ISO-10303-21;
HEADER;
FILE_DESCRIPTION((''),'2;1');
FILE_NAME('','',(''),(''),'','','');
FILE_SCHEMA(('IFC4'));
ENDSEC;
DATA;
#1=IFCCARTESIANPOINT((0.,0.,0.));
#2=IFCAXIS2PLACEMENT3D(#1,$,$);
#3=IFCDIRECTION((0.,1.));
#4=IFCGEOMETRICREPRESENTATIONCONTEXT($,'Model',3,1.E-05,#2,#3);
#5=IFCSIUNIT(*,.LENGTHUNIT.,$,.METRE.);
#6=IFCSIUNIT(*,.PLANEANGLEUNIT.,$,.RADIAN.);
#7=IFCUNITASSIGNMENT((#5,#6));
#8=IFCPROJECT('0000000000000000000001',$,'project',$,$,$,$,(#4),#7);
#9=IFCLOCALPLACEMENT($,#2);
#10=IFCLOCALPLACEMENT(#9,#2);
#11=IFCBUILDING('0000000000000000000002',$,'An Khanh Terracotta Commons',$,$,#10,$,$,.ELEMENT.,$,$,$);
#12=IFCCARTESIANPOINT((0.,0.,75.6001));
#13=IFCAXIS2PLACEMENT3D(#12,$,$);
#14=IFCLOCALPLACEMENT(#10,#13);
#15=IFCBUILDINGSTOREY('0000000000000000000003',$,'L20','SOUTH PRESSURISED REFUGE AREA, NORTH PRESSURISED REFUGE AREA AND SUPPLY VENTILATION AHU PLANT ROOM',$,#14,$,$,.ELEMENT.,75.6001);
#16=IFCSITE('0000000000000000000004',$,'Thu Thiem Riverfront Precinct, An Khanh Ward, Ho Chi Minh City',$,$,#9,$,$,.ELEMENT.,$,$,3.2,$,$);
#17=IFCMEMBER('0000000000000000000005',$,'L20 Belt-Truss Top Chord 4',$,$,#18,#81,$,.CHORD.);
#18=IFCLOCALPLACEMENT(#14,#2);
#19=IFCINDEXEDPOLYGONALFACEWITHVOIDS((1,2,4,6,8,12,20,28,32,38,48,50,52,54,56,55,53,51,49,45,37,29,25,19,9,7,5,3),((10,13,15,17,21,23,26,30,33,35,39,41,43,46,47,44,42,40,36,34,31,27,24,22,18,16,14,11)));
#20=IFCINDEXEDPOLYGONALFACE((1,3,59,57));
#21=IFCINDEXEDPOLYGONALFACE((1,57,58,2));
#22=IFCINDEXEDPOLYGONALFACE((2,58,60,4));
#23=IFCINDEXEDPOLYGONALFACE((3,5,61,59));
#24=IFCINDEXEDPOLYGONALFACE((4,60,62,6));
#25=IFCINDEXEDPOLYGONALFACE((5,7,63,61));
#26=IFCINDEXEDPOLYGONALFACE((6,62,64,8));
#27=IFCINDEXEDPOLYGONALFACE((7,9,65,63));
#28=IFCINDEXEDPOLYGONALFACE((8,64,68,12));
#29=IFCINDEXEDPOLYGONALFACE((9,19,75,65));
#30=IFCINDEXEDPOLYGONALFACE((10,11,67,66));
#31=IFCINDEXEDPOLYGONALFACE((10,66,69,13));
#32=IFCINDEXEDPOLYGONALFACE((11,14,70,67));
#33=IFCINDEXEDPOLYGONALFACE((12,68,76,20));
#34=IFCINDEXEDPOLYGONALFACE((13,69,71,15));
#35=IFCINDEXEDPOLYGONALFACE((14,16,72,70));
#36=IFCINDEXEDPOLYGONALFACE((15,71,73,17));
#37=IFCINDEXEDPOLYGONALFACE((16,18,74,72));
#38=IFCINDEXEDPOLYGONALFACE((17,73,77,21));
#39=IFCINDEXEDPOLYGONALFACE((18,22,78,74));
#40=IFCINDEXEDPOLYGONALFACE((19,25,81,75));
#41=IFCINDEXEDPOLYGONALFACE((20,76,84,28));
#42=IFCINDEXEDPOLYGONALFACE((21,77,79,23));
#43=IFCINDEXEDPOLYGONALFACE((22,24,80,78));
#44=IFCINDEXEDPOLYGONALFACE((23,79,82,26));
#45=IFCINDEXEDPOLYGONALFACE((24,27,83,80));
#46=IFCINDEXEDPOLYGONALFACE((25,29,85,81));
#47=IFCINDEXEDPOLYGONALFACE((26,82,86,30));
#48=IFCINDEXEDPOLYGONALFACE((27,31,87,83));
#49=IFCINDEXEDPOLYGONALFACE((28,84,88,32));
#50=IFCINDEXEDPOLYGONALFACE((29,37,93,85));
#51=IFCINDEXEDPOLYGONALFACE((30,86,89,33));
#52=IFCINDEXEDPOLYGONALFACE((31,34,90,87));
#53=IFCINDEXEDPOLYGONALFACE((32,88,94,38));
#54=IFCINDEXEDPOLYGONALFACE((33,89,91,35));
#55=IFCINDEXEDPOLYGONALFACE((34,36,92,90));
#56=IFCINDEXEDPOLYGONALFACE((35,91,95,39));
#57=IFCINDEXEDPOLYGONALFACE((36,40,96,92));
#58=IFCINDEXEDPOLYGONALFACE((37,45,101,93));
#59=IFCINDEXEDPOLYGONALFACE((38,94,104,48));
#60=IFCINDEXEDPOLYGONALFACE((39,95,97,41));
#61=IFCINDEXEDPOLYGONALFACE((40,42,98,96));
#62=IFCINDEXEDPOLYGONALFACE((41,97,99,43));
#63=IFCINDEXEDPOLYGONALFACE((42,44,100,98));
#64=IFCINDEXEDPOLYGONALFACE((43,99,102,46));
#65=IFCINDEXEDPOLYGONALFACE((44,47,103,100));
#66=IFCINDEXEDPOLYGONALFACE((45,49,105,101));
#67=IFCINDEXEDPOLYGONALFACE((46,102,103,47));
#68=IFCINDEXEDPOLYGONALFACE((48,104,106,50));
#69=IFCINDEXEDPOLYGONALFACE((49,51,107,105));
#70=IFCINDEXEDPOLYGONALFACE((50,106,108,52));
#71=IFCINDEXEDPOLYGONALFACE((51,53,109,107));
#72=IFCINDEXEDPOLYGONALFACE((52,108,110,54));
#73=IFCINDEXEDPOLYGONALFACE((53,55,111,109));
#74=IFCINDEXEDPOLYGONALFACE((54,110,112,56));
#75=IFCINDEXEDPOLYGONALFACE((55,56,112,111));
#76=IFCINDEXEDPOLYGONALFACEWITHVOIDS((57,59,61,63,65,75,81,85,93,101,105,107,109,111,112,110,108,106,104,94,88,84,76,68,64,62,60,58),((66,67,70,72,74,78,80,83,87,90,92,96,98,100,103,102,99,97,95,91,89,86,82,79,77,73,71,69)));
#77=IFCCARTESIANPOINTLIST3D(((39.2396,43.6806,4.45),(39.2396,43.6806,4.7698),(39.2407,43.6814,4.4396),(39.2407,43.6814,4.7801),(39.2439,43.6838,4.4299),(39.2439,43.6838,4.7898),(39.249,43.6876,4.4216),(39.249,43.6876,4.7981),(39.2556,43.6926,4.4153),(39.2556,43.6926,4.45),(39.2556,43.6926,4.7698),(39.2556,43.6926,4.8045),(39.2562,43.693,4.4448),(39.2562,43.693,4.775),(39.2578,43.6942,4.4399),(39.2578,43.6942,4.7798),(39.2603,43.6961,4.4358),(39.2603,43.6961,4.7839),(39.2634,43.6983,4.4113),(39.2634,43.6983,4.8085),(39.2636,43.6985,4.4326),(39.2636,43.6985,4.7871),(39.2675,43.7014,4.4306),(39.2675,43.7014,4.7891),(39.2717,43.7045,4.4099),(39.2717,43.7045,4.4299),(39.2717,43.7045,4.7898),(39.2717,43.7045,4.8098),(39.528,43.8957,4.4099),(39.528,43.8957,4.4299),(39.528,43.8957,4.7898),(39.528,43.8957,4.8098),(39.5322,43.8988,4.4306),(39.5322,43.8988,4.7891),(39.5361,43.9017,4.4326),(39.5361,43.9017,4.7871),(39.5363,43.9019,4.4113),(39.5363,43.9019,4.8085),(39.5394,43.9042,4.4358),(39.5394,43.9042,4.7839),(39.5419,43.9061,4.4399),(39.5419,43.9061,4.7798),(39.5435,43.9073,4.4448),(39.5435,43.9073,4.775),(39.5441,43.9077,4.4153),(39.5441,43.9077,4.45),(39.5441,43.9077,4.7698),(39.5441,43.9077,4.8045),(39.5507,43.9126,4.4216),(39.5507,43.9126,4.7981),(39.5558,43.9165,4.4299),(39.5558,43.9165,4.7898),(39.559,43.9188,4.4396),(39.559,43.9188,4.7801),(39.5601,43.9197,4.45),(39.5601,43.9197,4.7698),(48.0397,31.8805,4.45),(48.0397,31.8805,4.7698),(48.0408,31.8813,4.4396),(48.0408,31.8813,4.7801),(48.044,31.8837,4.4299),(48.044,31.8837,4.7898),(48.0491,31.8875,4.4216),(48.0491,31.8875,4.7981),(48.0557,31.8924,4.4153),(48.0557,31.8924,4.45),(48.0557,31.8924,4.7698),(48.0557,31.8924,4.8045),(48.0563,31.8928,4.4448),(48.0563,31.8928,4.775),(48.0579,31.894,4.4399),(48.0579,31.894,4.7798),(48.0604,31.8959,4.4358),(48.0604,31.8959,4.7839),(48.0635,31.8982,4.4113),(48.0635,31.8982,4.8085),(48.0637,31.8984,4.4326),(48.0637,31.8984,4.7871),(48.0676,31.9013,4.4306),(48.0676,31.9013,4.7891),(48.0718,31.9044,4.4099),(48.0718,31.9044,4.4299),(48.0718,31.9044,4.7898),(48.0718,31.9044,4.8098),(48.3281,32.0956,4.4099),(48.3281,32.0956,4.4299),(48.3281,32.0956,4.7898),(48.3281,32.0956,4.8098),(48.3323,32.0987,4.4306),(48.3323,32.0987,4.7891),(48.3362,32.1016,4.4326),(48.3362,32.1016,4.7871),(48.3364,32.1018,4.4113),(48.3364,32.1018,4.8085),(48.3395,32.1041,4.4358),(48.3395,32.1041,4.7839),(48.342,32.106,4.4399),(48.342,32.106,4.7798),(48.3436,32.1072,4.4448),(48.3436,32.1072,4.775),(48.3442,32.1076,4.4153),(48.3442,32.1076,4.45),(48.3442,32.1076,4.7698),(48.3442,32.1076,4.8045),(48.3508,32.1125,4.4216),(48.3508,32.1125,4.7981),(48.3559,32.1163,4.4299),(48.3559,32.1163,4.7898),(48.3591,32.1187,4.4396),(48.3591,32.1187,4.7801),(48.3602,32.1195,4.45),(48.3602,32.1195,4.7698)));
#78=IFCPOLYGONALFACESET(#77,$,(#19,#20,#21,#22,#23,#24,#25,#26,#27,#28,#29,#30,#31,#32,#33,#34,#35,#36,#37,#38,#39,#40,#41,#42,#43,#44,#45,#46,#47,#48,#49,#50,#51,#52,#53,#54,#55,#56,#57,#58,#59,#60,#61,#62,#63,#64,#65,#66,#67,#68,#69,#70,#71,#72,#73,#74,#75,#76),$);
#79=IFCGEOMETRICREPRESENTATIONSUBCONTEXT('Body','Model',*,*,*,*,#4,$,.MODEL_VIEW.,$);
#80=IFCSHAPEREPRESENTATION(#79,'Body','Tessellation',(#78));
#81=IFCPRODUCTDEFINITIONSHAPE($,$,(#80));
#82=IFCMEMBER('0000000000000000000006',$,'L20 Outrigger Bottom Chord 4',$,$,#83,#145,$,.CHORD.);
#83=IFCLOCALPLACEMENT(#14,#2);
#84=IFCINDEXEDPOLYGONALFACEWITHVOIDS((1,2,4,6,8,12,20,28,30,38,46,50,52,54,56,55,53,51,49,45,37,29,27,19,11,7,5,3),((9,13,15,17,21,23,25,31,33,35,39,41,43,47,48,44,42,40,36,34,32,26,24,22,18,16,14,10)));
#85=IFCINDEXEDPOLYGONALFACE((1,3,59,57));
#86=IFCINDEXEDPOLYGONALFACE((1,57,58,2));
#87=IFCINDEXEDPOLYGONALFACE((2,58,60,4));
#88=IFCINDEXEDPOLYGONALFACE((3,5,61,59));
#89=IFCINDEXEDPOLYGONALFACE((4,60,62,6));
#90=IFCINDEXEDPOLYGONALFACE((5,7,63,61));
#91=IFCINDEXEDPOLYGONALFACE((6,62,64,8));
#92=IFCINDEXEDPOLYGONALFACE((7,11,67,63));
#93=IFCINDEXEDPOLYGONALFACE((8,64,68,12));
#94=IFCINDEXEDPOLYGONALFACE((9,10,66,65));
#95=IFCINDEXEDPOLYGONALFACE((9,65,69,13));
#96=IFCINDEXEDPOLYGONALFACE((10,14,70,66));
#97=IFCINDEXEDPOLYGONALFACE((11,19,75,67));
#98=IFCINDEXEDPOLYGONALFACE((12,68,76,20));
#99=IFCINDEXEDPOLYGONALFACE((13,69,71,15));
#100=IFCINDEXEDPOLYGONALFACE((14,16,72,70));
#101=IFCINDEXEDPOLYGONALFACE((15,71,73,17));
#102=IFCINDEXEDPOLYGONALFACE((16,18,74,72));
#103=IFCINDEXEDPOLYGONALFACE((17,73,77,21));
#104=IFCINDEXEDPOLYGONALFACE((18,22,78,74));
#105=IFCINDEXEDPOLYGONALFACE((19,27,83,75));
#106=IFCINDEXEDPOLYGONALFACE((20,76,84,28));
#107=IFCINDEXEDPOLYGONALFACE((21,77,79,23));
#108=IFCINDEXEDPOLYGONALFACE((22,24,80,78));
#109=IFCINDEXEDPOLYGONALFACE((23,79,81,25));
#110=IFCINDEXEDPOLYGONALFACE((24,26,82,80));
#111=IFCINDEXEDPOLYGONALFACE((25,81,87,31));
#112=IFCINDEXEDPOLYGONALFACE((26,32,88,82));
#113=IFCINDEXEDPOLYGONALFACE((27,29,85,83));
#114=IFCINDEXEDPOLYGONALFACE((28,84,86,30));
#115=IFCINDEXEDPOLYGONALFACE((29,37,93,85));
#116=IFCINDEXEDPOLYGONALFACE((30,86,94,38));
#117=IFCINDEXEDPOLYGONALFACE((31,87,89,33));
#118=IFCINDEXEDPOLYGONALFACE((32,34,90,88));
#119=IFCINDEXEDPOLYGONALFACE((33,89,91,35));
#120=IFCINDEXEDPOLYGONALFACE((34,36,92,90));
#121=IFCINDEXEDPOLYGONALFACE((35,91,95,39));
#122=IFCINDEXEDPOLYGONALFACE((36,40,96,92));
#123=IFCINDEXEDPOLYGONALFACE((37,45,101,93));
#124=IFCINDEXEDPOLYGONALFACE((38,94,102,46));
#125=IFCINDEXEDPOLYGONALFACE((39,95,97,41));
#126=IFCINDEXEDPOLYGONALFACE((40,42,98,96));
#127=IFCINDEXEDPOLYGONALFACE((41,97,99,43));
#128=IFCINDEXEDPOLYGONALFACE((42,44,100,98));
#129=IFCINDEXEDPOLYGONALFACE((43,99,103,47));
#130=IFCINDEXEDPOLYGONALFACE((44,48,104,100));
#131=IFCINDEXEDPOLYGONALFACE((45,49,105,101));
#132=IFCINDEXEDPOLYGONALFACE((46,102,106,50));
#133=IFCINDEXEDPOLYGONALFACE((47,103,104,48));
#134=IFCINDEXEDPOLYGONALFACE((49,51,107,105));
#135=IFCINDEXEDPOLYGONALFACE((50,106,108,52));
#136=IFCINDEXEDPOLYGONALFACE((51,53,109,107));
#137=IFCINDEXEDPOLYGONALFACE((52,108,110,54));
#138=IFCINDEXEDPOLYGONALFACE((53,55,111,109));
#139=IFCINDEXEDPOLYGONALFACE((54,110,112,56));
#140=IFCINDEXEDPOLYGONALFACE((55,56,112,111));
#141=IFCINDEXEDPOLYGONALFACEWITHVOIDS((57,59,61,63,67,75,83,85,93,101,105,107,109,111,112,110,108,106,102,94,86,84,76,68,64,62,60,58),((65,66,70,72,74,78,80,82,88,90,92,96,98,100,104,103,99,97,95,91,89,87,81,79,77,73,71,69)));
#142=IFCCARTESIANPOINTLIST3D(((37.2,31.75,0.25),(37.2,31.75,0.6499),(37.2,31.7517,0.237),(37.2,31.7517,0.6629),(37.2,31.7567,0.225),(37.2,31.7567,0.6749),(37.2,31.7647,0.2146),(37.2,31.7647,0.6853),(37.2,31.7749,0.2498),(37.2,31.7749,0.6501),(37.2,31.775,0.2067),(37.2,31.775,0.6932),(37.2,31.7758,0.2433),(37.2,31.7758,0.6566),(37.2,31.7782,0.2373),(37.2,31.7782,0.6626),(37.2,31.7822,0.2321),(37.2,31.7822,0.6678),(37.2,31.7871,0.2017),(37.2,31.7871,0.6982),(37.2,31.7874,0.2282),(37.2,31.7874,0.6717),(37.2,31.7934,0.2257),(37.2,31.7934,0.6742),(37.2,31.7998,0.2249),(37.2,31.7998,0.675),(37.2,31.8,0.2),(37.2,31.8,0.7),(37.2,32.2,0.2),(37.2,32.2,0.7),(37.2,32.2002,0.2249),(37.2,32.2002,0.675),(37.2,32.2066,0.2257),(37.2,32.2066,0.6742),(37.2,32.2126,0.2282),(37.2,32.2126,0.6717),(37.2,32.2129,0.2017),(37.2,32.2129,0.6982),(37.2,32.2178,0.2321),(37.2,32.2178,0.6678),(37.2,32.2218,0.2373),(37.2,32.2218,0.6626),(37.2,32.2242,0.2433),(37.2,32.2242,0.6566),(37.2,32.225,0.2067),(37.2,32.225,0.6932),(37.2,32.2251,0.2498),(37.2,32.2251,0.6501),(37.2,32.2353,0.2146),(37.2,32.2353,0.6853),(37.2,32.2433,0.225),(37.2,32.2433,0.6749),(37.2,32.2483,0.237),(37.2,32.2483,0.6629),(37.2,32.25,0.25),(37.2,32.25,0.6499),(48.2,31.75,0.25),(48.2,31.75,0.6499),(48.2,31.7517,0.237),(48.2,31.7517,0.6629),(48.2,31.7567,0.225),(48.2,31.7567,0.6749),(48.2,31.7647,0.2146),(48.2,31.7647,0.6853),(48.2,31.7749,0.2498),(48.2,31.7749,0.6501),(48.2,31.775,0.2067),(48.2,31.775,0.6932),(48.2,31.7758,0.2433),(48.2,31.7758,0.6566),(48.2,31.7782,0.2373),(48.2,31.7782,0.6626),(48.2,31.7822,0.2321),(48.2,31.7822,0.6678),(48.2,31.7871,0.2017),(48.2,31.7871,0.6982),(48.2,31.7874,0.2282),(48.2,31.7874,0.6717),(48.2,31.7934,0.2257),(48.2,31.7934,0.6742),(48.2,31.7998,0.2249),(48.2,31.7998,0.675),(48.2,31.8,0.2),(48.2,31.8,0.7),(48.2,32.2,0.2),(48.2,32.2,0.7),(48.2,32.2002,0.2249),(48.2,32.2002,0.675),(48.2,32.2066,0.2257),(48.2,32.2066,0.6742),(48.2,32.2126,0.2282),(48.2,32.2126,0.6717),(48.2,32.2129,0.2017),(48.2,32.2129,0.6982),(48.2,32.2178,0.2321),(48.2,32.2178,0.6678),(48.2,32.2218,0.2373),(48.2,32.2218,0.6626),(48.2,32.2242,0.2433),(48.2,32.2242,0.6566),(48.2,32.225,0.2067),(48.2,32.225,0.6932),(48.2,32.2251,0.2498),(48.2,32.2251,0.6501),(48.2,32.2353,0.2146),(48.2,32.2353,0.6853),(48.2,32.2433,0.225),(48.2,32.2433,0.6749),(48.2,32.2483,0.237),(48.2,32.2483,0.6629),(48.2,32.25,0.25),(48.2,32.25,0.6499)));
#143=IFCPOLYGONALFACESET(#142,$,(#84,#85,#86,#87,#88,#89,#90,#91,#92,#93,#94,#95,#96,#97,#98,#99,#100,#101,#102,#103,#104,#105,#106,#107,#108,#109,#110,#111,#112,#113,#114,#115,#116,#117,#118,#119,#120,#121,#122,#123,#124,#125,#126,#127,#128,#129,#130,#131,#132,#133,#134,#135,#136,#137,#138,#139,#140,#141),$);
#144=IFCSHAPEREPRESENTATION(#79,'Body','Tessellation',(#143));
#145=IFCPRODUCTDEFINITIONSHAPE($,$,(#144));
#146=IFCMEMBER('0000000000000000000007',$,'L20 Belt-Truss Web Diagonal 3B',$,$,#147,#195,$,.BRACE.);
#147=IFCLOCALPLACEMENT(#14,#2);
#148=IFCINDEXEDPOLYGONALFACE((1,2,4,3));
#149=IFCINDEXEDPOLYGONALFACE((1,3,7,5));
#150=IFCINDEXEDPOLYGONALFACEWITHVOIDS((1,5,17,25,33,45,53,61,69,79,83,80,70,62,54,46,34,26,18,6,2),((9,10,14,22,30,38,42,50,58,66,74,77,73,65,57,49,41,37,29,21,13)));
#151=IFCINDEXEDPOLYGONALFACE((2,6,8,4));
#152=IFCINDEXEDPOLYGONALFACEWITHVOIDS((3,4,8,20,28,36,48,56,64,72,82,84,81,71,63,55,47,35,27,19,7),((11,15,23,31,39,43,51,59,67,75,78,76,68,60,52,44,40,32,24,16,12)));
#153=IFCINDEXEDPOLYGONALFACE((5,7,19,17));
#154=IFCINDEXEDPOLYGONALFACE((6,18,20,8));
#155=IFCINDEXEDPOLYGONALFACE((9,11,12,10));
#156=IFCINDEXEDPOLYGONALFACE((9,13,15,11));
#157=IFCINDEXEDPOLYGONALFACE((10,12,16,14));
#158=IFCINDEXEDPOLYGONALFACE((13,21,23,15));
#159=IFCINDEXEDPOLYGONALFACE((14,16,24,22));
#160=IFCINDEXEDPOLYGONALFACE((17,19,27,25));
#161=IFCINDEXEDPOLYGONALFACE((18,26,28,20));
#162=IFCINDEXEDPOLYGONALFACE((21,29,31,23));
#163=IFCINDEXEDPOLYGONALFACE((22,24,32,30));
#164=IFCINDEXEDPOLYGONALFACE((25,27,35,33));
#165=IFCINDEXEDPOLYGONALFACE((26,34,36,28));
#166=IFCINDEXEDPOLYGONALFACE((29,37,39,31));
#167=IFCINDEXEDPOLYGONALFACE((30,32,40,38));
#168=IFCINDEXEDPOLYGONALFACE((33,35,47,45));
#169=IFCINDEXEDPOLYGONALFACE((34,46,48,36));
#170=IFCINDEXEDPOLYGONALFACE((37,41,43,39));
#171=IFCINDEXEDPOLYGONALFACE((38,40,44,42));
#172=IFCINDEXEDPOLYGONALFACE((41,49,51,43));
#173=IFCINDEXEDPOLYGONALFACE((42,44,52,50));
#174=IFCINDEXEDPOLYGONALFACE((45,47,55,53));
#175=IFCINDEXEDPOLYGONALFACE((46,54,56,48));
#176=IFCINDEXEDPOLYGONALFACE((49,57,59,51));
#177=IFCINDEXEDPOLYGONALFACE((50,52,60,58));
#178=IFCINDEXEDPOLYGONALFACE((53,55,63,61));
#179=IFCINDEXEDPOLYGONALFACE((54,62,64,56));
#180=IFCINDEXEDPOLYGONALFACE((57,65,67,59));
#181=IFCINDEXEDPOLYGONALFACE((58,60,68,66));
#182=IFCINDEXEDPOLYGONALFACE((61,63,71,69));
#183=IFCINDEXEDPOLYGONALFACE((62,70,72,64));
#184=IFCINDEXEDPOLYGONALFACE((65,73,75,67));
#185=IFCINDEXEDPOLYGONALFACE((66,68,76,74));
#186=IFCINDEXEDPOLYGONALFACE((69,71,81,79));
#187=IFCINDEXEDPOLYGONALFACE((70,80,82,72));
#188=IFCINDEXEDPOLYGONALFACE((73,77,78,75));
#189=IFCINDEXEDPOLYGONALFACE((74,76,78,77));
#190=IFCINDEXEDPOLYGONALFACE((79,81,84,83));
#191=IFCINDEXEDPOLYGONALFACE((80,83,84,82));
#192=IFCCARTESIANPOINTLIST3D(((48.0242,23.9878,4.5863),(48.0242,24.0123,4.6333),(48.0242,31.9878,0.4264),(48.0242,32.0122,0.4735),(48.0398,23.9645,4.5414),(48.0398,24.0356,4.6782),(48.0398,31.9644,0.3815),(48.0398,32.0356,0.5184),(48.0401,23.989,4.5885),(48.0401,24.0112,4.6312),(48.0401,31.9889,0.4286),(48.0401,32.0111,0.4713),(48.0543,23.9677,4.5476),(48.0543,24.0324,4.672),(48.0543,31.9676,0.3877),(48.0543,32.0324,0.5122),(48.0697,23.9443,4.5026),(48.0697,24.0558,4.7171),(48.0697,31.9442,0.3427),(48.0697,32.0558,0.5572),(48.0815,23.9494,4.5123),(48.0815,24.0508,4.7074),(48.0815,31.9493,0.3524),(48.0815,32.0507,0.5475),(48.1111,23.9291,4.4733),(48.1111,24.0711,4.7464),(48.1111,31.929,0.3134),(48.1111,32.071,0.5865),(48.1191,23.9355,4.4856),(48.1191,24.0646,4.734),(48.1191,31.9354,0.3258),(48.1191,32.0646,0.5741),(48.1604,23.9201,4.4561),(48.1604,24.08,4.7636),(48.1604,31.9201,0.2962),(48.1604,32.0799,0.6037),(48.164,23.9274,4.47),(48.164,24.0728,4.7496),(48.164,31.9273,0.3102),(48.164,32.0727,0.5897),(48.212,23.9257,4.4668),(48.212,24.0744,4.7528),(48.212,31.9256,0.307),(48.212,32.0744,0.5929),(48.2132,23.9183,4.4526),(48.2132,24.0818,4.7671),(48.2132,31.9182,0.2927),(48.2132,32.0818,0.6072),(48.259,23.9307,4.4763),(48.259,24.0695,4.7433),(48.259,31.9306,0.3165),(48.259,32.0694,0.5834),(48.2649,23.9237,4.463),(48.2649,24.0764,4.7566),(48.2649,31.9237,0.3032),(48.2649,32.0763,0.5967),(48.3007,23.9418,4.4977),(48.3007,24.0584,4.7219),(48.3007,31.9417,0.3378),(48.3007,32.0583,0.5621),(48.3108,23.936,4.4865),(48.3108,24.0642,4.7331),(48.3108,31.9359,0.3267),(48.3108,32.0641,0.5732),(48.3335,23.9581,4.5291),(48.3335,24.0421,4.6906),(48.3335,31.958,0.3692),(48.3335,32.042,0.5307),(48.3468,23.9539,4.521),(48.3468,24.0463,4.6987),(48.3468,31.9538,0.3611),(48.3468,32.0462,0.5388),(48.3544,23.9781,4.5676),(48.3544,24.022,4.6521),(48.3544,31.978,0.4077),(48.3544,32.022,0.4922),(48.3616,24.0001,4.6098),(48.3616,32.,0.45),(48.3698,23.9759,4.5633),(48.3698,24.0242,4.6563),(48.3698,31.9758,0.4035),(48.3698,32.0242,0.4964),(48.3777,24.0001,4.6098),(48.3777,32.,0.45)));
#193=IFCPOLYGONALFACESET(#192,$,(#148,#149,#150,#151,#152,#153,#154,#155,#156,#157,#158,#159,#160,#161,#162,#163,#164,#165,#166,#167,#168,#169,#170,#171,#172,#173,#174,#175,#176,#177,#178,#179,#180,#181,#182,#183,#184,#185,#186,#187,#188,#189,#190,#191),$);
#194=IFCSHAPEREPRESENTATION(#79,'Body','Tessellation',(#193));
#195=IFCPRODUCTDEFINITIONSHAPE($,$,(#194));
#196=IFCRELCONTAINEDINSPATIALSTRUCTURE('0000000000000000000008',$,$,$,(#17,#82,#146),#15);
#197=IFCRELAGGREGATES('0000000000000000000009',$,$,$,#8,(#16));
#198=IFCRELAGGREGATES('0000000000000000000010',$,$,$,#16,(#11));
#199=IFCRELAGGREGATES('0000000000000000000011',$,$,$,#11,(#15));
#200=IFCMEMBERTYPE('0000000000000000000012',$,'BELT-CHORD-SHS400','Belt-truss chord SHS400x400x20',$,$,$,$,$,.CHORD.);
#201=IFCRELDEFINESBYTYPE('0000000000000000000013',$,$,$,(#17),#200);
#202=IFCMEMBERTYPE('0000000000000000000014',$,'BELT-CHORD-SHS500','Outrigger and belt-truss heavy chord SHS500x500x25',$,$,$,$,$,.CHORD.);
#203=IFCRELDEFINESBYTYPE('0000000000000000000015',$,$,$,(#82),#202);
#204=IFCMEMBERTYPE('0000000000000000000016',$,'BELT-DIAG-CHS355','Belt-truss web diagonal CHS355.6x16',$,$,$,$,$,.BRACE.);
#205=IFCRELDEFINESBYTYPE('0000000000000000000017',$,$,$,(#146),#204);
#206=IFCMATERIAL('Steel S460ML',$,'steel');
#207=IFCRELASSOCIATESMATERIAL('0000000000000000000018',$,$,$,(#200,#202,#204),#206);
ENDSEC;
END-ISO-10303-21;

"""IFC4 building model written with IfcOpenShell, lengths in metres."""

from ifc_helpers import new_model, si_unit, direction, frame, origin, origin_2d, place, context, subcontext, project, spatial, hollow_rectangle, hollow_circle, extrude, material, material_profile, profile_set, type_object, element, save


model = new_model("IFC4")

# Units and contexts
model_context = context("Model", 3, precision=1e-05, world=origin(), true_north=direction((0.0, 1.0)))
body_context = subcontext(model_context, "Body", "Model", "MODEL_VIEW")
ifc_project = project(units=[si_unit("LENGTHUNIT", "METRE"), si_unit("PLANEANGLEUNIT", "RADIAN")], contexts=[model_context])

# Site, building, storey
site_placement = place(None, origin())
site = spatial("IfcSite", under=ifc_project, at=site_placement, Name="Thu Thiem Riverfront Precinct, An Khanh Ward, Ho Chi Minh City", CompositionType="ELEMENT", RefElevation=3.2)
building_placement = place(site_placement, origin())
building = spatial("IfcBuilding", under=site, at=building_placement, Name="An Khanh Terracotta Commons", CompositionType="ELEMENT")
storey_placement = place(building_placement, frame((0.0, 0.0, 75.6001)))
storey = spatial("IfcBuildingStorey", under=building, at=storey_placement, Name="L20", Description="SOUTH PRESSURISED REFUGE AREA, NORTH PRESSURISED REFUGE AREA AND SUPPLY VENTILATION AHU PLANT ROOM", CompositionType="ELEMENT", Elevation=75.6001)

# Shared definitions
ifc_material_1 = material(Name="Steel S460ML", Category="steel")

# Members
ifc_material_profile_1 = material_profile(ifc_material_1, hollow_rectangle(XDim=0.3999, YDim=0.3999, WallThickness=0.02, InnerFilletRadius=0.02, OuterFilletRadius=0.04, at=origin_2d()), Name="SHS400x400x20")
ifc_profile_set_1 = profile_set([ifc_material_profile_1], Name="Steel S460ML")
member_type_1 = type_object("IfcMemberType", Name="BELT-CHORD-SHS400", Description="Belt-truss chord SHS400x400x20", PredefinedType="CHORD", material=ifc_profile_set_1)
for number, where, z_axis, x_axis, name in (
    (1, (48.2, 32.0, 4.6099), (-0.597824, 0.801627, 0.0), (-0.801627, -0.597824, 0.0), "L20 Belt-Truss Top Chord 4"),
):
    element("IfcMember", number, at=place(storey_placement, frame(where, z_axis=z_axis, x_axis=x_axis)), inside=storey, type_object=member_type_1, Name=name, PredefinedType="CHORD", context=body_context, shape_type="SweptSolid", body=[
        extrude(hollow_rectangle(XDim=0.3999, YDim=0.3999, WallThickness=0.02, InnerFilletRadius=0.02, OuterFilletRadius=0.04, at=origin_2d()), origin(), (0.0, 0.0, 1.0), 14.7202),
    ])
ifc_material_profile_2 = material_profile(ifc_material_1, hollow_rectangle(XDim=0.5, YDim=0.5, WallThickness=0.0249, InnerFilletRadius=0.0249, OuterFilletRadius=0.05, at=origin_2d()), Name="SHS500x500x25")
ifc_profile_set_2 = profile_set([ifc_material_profile_2], Name="Steel S460ML")
member_type_2 = type_object("IfcMemberType", Name="BELT-CHORD-SHS500", Description="Outrigger and belt-truss heavy chord SHS500x500x25", PredefinedType="CHORD", material=ifc_profile_set_2)
member_1_placement = place(storey_placement, frame((37.2, 32.0, 0.45), z_axis=(1.0, 0.0, 0.0), x_axis=(0.0, 1.0, 0.0)))
element("IfcMember", 2, at=member_1_placement, inside=storey, type_object=member_type_2, Name="L20 Outrigger Bottom Chord 4", PredefinedType="CHORD", context=body_context, shape_type="SweptSolid", body=[
    extrude(hollow_rectangle(XDim=0.5, YDim=0.5, WallThickness=0.0249, InnerFilletRadius=0.0249, OuterFilletRadius=0.05, at=origin_2d()), origin(), (0.0, 0.0, 1.0), 11.0),
])
ifc_material_profile_3 = material_profile(ifc_material_1, hollow_circle(Radius=0.1777, WallThickness=0.0161, at=origin_2d()), Name="CHS355.6x16")
ifc_profile_set_3 = profile_set([ifc_material_profile_3], Name="Steel S460ML")
member_type_3 = type_object("IfcMemberType", Name="BELT-DIAG-CHS355", Description="Belt-truss web diagonal CHS355.6x16", PredefinedType="BRACE", material=ifc_profile_set_3)
member_2_placement = place(storey_placement, frame((48.2, 32.0, 0.45), z_axis=(0.0, -0.887221, 0.461345), x_axis=(1.0, 0.0, 0.0)))
element("IfcMember", 3, at=member_2_placement, inside=storey, type_object=member_type_3, Name="L20 Belt-Truss Web Diagonal 3B", PredefinedType="BRACE", context=body_context, shape_type="SweptSolid", body=[
    extrude(hollow_circle(Radius=0.1777, WallThickness=0.0161, at=origin_2d()), origin(), (0.0, 0.0, 1.0), 9.0168),
])

save(model, "model.ifc")
